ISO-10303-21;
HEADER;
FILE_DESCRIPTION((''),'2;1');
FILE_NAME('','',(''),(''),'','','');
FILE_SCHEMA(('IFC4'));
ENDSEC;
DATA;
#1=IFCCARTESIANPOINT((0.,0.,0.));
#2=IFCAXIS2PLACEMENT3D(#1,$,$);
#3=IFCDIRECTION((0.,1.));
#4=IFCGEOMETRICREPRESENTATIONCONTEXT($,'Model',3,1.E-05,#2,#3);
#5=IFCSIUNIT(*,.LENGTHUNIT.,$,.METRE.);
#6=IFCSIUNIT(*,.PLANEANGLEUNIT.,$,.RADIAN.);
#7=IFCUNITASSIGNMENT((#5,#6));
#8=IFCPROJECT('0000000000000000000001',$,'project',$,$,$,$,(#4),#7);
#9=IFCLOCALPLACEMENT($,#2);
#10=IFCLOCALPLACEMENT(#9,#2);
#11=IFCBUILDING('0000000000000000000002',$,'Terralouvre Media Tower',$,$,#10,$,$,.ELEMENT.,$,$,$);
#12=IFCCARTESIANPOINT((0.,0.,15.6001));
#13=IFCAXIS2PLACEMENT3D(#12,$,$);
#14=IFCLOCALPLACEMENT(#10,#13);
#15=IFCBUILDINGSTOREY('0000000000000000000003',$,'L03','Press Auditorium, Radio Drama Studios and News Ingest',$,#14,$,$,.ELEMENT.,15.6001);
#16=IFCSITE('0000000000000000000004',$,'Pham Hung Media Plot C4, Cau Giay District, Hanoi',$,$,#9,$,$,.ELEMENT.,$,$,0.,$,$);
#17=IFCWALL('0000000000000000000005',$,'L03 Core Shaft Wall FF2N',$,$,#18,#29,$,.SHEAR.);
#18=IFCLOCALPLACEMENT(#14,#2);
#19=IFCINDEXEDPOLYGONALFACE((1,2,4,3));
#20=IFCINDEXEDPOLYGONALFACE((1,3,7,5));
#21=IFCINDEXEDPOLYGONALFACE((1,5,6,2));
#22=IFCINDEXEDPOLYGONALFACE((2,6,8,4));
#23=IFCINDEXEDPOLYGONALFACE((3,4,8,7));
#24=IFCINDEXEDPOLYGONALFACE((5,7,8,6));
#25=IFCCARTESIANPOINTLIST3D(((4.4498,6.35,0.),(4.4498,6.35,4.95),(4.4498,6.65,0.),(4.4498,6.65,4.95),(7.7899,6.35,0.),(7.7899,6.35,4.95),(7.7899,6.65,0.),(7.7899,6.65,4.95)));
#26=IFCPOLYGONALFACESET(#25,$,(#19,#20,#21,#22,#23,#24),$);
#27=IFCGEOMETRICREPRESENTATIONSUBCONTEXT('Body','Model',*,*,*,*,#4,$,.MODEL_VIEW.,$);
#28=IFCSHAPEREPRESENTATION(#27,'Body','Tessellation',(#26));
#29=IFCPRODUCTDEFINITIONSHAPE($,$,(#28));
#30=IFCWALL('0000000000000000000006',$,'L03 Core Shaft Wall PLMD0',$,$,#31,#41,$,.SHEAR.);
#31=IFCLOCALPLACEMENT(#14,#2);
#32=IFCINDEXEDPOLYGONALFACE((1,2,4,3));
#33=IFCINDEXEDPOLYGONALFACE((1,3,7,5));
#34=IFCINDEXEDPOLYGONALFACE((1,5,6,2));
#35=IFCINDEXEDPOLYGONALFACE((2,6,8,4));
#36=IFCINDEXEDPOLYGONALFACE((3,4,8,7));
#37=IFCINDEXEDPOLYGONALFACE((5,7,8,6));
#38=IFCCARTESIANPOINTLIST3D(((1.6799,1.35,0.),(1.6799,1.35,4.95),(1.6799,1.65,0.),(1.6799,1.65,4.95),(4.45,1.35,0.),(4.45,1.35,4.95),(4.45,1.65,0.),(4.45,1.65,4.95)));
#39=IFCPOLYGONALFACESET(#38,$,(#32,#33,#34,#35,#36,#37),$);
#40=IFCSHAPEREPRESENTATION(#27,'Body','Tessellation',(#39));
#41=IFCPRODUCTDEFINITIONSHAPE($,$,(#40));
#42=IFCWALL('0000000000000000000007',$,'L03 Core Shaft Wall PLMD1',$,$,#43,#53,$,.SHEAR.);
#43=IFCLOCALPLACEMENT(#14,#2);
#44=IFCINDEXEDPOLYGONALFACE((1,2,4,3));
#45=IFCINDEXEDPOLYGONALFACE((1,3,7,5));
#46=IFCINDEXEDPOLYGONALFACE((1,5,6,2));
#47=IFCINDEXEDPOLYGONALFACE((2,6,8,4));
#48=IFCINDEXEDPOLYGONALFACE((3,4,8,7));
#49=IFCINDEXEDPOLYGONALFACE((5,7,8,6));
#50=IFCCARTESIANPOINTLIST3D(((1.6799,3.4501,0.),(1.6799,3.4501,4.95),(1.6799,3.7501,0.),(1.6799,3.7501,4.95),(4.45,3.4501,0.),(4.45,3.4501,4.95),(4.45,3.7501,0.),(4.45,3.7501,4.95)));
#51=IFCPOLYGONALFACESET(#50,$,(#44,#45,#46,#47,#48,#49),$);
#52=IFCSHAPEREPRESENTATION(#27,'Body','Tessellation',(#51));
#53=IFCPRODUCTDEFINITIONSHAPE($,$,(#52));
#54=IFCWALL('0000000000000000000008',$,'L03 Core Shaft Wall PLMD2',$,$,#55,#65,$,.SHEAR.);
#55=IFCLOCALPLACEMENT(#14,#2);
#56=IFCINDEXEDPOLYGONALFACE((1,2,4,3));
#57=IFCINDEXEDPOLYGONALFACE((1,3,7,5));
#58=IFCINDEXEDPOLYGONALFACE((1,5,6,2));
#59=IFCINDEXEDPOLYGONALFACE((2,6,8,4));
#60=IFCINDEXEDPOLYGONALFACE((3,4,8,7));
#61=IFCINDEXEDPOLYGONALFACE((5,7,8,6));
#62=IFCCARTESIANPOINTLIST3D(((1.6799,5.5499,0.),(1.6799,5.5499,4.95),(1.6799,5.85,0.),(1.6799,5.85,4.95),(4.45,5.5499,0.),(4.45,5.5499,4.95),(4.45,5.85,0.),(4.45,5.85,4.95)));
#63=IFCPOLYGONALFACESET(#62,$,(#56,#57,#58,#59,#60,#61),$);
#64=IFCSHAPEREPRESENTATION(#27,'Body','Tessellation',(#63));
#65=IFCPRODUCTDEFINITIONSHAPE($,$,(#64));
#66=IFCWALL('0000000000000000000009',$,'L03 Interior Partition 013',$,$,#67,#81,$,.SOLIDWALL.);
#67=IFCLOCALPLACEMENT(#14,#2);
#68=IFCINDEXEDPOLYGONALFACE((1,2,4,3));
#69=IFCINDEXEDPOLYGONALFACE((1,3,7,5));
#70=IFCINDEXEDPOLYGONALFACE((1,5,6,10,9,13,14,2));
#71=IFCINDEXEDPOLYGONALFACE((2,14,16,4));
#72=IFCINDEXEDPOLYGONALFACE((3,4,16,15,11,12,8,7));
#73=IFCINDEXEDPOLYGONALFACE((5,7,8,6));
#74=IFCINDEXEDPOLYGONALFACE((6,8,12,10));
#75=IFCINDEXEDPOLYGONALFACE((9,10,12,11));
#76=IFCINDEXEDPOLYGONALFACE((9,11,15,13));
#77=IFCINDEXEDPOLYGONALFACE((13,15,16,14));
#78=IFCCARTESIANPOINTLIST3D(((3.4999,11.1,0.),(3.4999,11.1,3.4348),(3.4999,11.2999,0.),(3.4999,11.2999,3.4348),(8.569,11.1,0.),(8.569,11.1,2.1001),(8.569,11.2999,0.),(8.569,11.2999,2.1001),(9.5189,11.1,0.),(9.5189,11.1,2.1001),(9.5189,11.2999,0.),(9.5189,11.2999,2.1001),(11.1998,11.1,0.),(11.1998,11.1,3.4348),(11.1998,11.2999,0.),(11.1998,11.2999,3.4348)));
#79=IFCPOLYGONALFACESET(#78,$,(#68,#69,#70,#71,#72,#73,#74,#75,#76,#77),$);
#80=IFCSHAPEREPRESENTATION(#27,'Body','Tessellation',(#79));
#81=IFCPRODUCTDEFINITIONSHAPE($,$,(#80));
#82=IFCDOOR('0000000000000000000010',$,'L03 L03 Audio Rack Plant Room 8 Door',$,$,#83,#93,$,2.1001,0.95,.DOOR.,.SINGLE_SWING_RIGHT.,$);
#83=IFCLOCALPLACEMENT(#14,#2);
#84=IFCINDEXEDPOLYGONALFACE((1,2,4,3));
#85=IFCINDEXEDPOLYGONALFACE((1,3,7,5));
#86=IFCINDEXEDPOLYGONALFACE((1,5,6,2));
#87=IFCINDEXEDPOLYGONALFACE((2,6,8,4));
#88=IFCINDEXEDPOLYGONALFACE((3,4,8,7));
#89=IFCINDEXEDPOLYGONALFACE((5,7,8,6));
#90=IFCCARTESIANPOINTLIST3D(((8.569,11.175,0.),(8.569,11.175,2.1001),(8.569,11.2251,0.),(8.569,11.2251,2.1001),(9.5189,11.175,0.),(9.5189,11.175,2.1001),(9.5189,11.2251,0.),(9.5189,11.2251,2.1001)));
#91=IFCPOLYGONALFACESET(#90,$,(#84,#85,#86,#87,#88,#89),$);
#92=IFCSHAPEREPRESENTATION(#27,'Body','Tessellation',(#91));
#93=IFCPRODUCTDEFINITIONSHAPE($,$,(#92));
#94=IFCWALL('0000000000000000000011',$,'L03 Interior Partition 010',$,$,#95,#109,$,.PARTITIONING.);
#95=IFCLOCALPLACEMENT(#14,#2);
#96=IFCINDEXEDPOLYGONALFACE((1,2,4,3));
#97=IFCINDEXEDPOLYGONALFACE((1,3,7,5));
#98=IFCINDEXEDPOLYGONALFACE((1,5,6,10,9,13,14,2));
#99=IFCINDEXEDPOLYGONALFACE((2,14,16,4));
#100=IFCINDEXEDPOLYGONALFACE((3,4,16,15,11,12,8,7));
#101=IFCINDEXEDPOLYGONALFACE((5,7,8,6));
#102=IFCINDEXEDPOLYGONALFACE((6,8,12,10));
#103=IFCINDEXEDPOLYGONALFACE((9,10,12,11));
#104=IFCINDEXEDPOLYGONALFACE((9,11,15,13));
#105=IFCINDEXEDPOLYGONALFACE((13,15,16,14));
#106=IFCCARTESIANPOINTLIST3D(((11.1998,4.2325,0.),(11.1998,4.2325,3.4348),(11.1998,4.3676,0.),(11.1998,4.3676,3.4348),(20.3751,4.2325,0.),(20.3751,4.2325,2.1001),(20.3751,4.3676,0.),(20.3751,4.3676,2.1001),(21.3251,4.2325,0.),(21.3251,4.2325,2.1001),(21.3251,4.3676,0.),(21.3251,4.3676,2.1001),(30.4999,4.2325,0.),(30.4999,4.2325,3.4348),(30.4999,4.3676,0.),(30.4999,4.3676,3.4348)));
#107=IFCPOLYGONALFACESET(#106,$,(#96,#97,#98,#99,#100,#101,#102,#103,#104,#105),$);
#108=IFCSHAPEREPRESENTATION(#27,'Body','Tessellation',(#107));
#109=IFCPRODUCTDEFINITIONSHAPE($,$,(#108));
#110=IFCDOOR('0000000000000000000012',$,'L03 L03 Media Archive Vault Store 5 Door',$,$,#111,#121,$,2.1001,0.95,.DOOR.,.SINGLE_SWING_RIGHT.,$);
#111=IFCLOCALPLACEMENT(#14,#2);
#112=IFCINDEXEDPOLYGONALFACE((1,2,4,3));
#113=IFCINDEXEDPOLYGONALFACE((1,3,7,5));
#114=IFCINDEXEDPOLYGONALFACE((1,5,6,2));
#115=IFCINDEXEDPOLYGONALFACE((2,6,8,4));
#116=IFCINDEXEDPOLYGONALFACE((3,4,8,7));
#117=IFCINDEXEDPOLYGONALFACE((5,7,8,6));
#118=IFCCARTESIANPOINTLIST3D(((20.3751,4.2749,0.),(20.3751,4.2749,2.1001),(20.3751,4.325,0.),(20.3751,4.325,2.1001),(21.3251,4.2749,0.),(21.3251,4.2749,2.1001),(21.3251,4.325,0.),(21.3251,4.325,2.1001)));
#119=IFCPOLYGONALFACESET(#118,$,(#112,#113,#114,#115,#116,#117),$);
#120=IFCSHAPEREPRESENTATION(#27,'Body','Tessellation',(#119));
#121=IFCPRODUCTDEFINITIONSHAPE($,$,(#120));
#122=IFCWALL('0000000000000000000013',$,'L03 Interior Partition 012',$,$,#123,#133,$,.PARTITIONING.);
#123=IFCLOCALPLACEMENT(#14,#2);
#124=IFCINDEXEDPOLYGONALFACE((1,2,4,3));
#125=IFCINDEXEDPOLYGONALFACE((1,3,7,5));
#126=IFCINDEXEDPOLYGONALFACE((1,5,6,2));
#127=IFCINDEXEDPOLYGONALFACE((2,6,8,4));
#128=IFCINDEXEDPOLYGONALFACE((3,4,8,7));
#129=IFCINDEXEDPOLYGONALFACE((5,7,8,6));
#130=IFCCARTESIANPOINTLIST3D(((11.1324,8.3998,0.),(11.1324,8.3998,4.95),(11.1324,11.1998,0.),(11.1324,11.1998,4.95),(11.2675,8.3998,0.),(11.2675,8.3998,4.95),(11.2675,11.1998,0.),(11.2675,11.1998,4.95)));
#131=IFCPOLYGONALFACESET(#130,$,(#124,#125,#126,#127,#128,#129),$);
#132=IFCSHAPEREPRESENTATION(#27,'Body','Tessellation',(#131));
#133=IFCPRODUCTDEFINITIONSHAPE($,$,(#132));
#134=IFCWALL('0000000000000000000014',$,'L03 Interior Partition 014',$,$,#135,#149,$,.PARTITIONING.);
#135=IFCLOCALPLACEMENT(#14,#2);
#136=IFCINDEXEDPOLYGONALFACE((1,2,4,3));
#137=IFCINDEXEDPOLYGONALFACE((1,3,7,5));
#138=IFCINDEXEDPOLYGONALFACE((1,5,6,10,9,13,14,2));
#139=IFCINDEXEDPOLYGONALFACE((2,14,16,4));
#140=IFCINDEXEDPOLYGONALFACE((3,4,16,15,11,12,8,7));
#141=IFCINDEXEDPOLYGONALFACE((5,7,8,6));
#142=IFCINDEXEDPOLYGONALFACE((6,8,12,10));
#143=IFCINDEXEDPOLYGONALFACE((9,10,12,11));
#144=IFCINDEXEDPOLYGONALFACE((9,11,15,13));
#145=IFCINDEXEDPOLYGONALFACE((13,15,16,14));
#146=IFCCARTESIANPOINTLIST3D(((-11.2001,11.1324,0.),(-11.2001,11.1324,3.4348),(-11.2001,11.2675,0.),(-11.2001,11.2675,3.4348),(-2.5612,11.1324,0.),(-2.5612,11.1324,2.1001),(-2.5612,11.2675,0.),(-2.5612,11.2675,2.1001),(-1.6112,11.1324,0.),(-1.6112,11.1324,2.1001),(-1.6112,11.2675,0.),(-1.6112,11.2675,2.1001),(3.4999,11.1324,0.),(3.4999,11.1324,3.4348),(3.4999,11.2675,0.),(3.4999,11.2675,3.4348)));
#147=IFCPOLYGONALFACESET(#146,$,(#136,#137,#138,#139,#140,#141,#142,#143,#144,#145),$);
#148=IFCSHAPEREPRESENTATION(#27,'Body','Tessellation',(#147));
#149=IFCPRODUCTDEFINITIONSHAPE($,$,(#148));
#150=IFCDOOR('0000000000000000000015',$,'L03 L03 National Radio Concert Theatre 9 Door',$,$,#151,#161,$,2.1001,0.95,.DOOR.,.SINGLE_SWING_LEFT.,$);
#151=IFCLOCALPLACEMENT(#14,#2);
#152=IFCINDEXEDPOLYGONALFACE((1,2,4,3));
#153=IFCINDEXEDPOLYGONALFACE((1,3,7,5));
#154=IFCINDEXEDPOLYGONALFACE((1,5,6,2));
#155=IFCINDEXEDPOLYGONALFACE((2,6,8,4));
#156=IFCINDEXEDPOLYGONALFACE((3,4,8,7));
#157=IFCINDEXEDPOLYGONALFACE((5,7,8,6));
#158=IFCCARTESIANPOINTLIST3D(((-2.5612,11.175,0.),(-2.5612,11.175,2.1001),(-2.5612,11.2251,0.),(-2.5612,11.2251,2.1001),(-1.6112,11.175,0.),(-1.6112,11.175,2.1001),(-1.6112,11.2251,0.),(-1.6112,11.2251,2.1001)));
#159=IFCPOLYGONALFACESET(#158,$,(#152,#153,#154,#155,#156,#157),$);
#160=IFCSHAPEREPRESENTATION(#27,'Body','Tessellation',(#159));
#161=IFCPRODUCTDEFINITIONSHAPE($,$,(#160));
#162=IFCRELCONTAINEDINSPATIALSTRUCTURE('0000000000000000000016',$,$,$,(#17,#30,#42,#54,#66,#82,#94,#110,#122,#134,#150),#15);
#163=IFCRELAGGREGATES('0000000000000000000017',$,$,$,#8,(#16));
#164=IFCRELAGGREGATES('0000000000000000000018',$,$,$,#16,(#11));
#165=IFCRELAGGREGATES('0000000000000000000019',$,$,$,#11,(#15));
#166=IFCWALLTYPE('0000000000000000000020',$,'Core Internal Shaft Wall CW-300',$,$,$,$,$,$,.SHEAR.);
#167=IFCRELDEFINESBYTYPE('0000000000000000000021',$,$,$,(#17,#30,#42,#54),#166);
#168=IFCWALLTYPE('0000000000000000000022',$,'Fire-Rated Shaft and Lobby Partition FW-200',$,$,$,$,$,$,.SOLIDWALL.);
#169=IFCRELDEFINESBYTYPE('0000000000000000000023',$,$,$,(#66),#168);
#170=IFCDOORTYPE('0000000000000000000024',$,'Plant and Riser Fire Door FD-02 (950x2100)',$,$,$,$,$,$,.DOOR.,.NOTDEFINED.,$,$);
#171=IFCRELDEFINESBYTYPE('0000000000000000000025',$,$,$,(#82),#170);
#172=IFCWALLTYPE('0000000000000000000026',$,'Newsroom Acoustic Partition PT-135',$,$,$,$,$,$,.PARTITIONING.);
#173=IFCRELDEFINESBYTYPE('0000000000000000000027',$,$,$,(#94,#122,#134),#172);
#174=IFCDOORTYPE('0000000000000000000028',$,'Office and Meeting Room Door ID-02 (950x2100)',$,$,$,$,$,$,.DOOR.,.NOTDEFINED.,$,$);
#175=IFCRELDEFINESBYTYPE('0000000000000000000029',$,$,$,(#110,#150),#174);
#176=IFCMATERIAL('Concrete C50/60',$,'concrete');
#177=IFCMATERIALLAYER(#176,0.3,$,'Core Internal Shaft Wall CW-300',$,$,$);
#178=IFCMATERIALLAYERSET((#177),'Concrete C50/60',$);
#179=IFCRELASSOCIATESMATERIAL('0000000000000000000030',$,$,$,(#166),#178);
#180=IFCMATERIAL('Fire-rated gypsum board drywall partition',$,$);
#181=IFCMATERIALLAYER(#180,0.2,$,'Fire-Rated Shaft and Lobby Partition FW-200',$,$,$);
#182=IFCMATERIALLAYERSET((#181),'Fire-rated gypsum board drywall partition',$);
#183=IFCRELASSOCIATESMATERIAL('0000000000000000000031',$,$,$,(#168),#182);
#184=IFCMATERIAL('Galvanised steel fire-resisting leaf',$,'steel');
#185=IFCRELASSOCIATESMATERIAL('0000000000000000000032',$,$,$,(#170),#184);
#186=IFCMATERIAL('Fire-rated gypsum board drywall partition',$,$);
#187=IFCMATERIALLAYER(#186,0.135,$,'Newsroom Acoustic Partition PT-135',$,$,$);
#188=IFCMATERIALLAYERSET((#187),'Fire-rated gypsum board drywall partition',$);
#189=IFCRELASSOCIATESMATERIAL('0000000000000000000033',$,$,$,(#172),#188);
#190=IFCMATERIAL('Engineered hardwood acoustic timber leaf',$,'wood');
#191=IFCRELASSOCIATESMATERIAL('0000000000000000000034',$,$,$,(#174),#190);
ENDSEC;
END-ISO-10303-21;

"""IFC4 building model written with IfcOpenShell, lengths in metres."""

from ifc_helpers import new_model, si_unit, direction, frame, frame_2d, origin, place, context, subcontext, project, spatial, rectangle, extrude, material, layer, layer_set, type_object, element, fill, save


model = new_model("IFC4")

# Units and contexts
model_context = context("Model", 3, precision=1e-05, world=origin(), true_north=direction((0.0, 1.0)))
body_context = subcontext(model_context, "Body", "Model", "MODEL_VIEW")
ifc_project = project(units=[si_unit("LENGTHUNIT", "METRE"), si_unit("PLANEANGLEUNIT", "RADIAN")], contexts=[model_context])

# Site, building, storey
site_placement = place(None, origin())
site = spatial("IfcSite", under=ifc_project, at=site_placement, Name="Pham Hung Media Plot C4, Cau Giay District, Hanoi", CompositionType="ELEMENT", RefElevation=0.0)
building_placement = place(site_placement, origin())
building = spatial("IfcBuilding", under=site, at=building_placement, Name="Terralouvre Media Tower", CompositionType="ELEMENT")
storey_placement = place(building_placement, frame((0.0, 0.0, 15.6001)))
storey = spatial("IfcBuildingStorey", under=building, at=storey_placement, Name="L03", Description="Press Auditorium, Radio Drama Studios and News Ingest", CompositionType="ELEMENT", Elevation=15.6001)

# Shared definitions
ifc_material_1 = material(Name="Concrete C50/60", Category="concrete")
ifc_layer_1 = layer(ifc_material_1, 0.3, Name="Core Internal Shaft Wall CW-300")
ifc_layer_set_1 = layer_set([ifc_layer_1], Name="Concrete C50/60")
wall_type_1 = type_object("IfcWallType", Name="Core Internal Shaft Wall CW-300", PredefinedType="SHEAR", material=ifc_layer_set_1)

# Walls
wall_1_placement = place(storey_placement, frame((4.45, 6.5, 0.0), z_axis=(0.0, 0.0, 1.0), x_axis=(1.0, 0.0, 0.0)))
element("IfcWall", 1, at=wall_1_placement, inside=storey, type_object=wall_type_1, Name="L03 Core Shaft Wall FF2N", PredefinedType="SHEAR", context=body_context, shape_type="SweptSolid", body=[
    extrude(rectangle(XDim=3.3401, YDim=0.3, at=frame_2d((1.6699, 0.0))), origin(), (0.0, 0.0, 1.0), 4.95),
])
for number, where, z_axis, x_axis, name in (
    (2, (1.6799, 1.5, 0.0), (0.0, 0.0, 1.0), (1.0, 0.0, 0.0), "L03 Core Shaft Wall PLMD0"),
    (3, (1.6799, 3.6001, 0.0), (0.0, 0.0, 1.0), (1.0, 0.0, 0.0), "L03 Core Shaft Wall PLMD1"),
    (4, (1.6799, 5.7, 0.0), (0.0, 0.0, 1.0), (1.0, 0.0, 0.0), "L03 Core Shaft Wall PLMD2"),
):
    element("IfcWall", number, at=place(storey_placement, frame(where, z_axis=z_axis, x_axis=x_axis)), inside=storey, type_object=wall_type_1, Name=name, PredefinedType="SHEAR", context=body_context, shape_type="SweptSolid", body=[
        extrude(rectangle(XDim=2.77, YDim=0.3, at=frame_2d((1.385, 0.0))), origin(), (0.0, 0.0, 1.0), 4.95),
    ])

# Walls, openings, doors
ifc_material_2 = material(Name="Fire-rated gypsum board drywall partition")
ifc_layer_2 = layer(ifc_material_2, 0.2, Name="Fire-Rated Shaft and Lobby Partition FW-200")
ifc_layer_set_2 = layer_set([ifc_layer_2], Name="Fire-rated gypsum board drywall partition")
wall_type_2 = type_object("IfcWallType", Name="Fire-Rated Shaft and Lobby Partition FW-200", PredefinedType="SOLIDWALL", material=ifc_layer_set_2)
wall_2_placement = place(storey_placement, frame((11.2, 11.2, 0.0), z_axis=(0.0, 0.0, 1.0), x_axis=(-1.0, 0.0, 0.0)))
wall_2 = element("IfcWall", 5, at=wall_2_placement, inside=storey, type_object=wall_type_2, Name="L03 Interior Partition 013", PredefinedType="SOLIDWALL", context=body_context, shape_type="SweptSolid", body=[
    extrude(rectangle(XDim=7.7, YDim=0.2, at=frame_2d((3.8501, 0.0))), origin(), (0.0, 0.0, 1.0), 3.4348),
])
opening_1_placement = place(wall_2_placement, frame((1.6809, 0.0, 0.0)))
opening_1 = element("IfcOpeningElement", 6, at=opening_1_placement, cuts=wall_2, PredefinedType="OPENING", context=body_context, shape_type="SweptSolid", body=[
    extrude(rectangle(XDim=0.95, YDim=2.1001, at=frame_2d((0.4751, 1.05))), frame((0.0, 0.1099, 0.0), z_axis=(0.0, -1.0, 0.0), x_axis=(1.0, 0.0, 0.0)), (0.0, 0.0, 1.0), 0.22),
])
ifc_material_3 = material(Name="Galvanised steel fire-resisting leaf", Category="steel")
door_type_1 = type_object("IfcDoorType", Name="Plant and Riser Fire Door FD-02 (950x2100)", OperationType="NOTDEFINED", PredefinedType="DOOR", material=ifc_material_3)
door_1_placement = place(opening_1_placement, origin())
door_1 = element("IfcDoor", 7, at=door_1_placement, inside=storey, type_object=door_type_1, Name="L03 L03 Audio Rack Plant Room 8 Door", OperationType="SINGLE_SWING_RIGHT", OverallHeight=2.1001, OverallWidth=0.95, PredefinedType="DOOR", context=body_context, shape_type="SweptSolid", body=[
    extrude(rectangle(XDim=0.95, YDim=2.1001, at=frame_2d((0.4751, 1.05))), frame((0.0, 0.0249, 0.0), z_axis=(0.0, -1.0, 0.0), x_axis=(1.0, 0.0, 0.0)), (0.0, 0.0, 1.0), 0.05),
])
fill(opening_1, door_1)
ifc_material_4 = material(Name="Fire-rated gypsum board drywall partition")
ifc_layer_3 = layer(ifc_material_4, 0.135, Name="Newsroom Acoustic Partition PT-135")
ifc_layer_set_3 = layer_set([ifc_layer_3], Name="Fire-rated gypsum board drywall partition")
wall_type_3 = type_object("IfcWallType", Name="Newsroom Acoustic Partition PT-135", PredefinedType="PARTITIONING", material=ifc_layer_set_3)
wall_3_placement = place(storey_placement, frame((11.2, 4.3, 0.0), z_axis=(0.0, 0.0, 1.0), x_axis=(1.0, 0.0, 0.0)))
wall_3 = element("IfcWall", 8, at=wall_3_placement, inside=storey, type_object=wall_type_3, Name="L03 Interior Partition 010", PredefinedType="PARTITIONING", context=body_context, shape_type="SweptSolid", body=[
    extrude(rectangle(XDim=19.3, YDim=0.135, at=frame_2d((9.6499, 0.0))), origin(), (0.0, 0.0, 1.0), 3.4348),
])
opening_2_placement = place(wall_3_placement, frame((9.175, 0.0, 0.0)))
opening_2 = element("IfcOpeningElement", 9, at=opening_2_placement, cuts=wall_3, PredefinedType="OPENING", context=body_context, shape_type="SweptSolid", body=[
    extrude(rectangle(XDim=0.95, YDim=2.1001, at=frame_2d((0.4751, 1.05))), frame((0.0, 0.0774, 0.0), z_axis=(0.0, -1.0, 0.0), x_axis=(1.0, 0.0, 0.0)), (0.0, 0.0, 1.0), 0.155),
])
ifc_material_5 = material(Name="Engineered hardwood acoustic timber leaf", Category="wood")
door_type_2 = type_object("IfcDoorType", Name="Office and Meeting Room Door ID-02 (950x2100)", OperationType="NOTDEFINED", PredefinedType="DOOR", material=ifc_material_5)
door_2_placement = place(opening_2_placement, origin())
door_2 = element("IfcDoor", 10, at=door_2_placement, inside=storey, type_object=door_type_2, Name="L03 L03 Media Archive Vault Store 5 Door", OperationType="SINGLE_SWING_RIGHT", OverallHeight=2.1001, OverallWidth=0.95, PredefinedType="DOOR", context=body_context, shape_type="SweptSolid", body=[
    extrude(rectangle(XDim=0.95, YDim=2.1001, at=frame_2d((0.4751, 1.05))), frame((0.0, 0.0249, 0.0), z_axis=(0.0, -1.0, 0.0), x_axis=(1.0, 0.0, 0.0)), (0.0, 0.0, 1.0), 0.05),
])
fill(opening_2, door_2)

# Wall
wall_4_placement = place(storey_placement, frame((11.2, 8.3999, 0.0), z_axis=(0.0, 0.0, 1.0), x_axis=(0.0, 1.0, 0.0)))
element("IfcWall", 11, at=wall_4_placement, inside=storey, type_object=wall_type_3, Name="L03 Interior Partition 012", PredefinedType="PARTITIONING", context=body_context, shape_type="SweptSolid", body=[
    extrude(rectangle(XDim=2.8, YDim=0.135, at=frame_2d((1.3999, 0.0))), origin(), (0.0, 0.0, 1.0), 4.95),
])

# Wall, opening, door
wall_5_placement = place(storey_placement, frame((3.5, 11.2, 0.0), z_axis=(0.0, 0.0, 1.0), x_axis=(-1.0, 0.0, 0.0)))
wall_5 = element("IfcWall", 12, at=wall_5_placement, inside=storey, type_object=wall_type_3, Name="L03 Interior Partition 014", PredefinedType="PARTITIONING", context=body_context, shape_type="SweptSolid", body=[
    extrude(rectangle(XDim=14.7, YDim=0.135, at=frame_2d((7.3501, 0.0))), origin(), (0.0, 0.0, 1.0), 3.4348),
])
opening_3_placement = place(wall_5_placement, frame((5.1111, 0.0, 0.0)))
opening_3 = element("IfcOpeningElement", 13, at=opening_3_placement, cuts=wall_5, PredefinedType="OPENING", context=body_context, shape_type="SweptSolid", body=[
    extrude(rectangle(XDim=0.95, YDim=2.1001, at=frame_2d((0.4751, 1.05))), frame((0.0, 0.0774, 0.0), z_axis=(0.0, -1.0, 0.0), x_axis=(1.0, 0.0, 0.0)), (0.0, 0.0, 1.0), 0.155),
])
door_3_placement = place(opening_3_placement, origin())
door_3 = element("IfcDoor", 14, at=door_3_placement, inside=storey, type_object=door_type_2, Name="L03 L03 National Radio Concert Theatre 9 Door", OperationType="SINGLE_SWING_LEFT", OverallHeight=2.1001, OverallWidth=0.95, PredefinedType="DOOR", context=body_context, shape_type="SweptSolid", body=[
    extrude(rectangle(XDim=0.95, YDim=2.1001, at=frame_2d((0.4751, 1.05))), frame((0.0, 0.0249, 0.0), z_axis=(0.0, -1.0, 0.0), x_axis=(1.0, 0.0, 0.0)), (0.0, 0.0, 1.0), 0.05),
])
fill(opening_3, door_3)

save(model, "model.ifc")
